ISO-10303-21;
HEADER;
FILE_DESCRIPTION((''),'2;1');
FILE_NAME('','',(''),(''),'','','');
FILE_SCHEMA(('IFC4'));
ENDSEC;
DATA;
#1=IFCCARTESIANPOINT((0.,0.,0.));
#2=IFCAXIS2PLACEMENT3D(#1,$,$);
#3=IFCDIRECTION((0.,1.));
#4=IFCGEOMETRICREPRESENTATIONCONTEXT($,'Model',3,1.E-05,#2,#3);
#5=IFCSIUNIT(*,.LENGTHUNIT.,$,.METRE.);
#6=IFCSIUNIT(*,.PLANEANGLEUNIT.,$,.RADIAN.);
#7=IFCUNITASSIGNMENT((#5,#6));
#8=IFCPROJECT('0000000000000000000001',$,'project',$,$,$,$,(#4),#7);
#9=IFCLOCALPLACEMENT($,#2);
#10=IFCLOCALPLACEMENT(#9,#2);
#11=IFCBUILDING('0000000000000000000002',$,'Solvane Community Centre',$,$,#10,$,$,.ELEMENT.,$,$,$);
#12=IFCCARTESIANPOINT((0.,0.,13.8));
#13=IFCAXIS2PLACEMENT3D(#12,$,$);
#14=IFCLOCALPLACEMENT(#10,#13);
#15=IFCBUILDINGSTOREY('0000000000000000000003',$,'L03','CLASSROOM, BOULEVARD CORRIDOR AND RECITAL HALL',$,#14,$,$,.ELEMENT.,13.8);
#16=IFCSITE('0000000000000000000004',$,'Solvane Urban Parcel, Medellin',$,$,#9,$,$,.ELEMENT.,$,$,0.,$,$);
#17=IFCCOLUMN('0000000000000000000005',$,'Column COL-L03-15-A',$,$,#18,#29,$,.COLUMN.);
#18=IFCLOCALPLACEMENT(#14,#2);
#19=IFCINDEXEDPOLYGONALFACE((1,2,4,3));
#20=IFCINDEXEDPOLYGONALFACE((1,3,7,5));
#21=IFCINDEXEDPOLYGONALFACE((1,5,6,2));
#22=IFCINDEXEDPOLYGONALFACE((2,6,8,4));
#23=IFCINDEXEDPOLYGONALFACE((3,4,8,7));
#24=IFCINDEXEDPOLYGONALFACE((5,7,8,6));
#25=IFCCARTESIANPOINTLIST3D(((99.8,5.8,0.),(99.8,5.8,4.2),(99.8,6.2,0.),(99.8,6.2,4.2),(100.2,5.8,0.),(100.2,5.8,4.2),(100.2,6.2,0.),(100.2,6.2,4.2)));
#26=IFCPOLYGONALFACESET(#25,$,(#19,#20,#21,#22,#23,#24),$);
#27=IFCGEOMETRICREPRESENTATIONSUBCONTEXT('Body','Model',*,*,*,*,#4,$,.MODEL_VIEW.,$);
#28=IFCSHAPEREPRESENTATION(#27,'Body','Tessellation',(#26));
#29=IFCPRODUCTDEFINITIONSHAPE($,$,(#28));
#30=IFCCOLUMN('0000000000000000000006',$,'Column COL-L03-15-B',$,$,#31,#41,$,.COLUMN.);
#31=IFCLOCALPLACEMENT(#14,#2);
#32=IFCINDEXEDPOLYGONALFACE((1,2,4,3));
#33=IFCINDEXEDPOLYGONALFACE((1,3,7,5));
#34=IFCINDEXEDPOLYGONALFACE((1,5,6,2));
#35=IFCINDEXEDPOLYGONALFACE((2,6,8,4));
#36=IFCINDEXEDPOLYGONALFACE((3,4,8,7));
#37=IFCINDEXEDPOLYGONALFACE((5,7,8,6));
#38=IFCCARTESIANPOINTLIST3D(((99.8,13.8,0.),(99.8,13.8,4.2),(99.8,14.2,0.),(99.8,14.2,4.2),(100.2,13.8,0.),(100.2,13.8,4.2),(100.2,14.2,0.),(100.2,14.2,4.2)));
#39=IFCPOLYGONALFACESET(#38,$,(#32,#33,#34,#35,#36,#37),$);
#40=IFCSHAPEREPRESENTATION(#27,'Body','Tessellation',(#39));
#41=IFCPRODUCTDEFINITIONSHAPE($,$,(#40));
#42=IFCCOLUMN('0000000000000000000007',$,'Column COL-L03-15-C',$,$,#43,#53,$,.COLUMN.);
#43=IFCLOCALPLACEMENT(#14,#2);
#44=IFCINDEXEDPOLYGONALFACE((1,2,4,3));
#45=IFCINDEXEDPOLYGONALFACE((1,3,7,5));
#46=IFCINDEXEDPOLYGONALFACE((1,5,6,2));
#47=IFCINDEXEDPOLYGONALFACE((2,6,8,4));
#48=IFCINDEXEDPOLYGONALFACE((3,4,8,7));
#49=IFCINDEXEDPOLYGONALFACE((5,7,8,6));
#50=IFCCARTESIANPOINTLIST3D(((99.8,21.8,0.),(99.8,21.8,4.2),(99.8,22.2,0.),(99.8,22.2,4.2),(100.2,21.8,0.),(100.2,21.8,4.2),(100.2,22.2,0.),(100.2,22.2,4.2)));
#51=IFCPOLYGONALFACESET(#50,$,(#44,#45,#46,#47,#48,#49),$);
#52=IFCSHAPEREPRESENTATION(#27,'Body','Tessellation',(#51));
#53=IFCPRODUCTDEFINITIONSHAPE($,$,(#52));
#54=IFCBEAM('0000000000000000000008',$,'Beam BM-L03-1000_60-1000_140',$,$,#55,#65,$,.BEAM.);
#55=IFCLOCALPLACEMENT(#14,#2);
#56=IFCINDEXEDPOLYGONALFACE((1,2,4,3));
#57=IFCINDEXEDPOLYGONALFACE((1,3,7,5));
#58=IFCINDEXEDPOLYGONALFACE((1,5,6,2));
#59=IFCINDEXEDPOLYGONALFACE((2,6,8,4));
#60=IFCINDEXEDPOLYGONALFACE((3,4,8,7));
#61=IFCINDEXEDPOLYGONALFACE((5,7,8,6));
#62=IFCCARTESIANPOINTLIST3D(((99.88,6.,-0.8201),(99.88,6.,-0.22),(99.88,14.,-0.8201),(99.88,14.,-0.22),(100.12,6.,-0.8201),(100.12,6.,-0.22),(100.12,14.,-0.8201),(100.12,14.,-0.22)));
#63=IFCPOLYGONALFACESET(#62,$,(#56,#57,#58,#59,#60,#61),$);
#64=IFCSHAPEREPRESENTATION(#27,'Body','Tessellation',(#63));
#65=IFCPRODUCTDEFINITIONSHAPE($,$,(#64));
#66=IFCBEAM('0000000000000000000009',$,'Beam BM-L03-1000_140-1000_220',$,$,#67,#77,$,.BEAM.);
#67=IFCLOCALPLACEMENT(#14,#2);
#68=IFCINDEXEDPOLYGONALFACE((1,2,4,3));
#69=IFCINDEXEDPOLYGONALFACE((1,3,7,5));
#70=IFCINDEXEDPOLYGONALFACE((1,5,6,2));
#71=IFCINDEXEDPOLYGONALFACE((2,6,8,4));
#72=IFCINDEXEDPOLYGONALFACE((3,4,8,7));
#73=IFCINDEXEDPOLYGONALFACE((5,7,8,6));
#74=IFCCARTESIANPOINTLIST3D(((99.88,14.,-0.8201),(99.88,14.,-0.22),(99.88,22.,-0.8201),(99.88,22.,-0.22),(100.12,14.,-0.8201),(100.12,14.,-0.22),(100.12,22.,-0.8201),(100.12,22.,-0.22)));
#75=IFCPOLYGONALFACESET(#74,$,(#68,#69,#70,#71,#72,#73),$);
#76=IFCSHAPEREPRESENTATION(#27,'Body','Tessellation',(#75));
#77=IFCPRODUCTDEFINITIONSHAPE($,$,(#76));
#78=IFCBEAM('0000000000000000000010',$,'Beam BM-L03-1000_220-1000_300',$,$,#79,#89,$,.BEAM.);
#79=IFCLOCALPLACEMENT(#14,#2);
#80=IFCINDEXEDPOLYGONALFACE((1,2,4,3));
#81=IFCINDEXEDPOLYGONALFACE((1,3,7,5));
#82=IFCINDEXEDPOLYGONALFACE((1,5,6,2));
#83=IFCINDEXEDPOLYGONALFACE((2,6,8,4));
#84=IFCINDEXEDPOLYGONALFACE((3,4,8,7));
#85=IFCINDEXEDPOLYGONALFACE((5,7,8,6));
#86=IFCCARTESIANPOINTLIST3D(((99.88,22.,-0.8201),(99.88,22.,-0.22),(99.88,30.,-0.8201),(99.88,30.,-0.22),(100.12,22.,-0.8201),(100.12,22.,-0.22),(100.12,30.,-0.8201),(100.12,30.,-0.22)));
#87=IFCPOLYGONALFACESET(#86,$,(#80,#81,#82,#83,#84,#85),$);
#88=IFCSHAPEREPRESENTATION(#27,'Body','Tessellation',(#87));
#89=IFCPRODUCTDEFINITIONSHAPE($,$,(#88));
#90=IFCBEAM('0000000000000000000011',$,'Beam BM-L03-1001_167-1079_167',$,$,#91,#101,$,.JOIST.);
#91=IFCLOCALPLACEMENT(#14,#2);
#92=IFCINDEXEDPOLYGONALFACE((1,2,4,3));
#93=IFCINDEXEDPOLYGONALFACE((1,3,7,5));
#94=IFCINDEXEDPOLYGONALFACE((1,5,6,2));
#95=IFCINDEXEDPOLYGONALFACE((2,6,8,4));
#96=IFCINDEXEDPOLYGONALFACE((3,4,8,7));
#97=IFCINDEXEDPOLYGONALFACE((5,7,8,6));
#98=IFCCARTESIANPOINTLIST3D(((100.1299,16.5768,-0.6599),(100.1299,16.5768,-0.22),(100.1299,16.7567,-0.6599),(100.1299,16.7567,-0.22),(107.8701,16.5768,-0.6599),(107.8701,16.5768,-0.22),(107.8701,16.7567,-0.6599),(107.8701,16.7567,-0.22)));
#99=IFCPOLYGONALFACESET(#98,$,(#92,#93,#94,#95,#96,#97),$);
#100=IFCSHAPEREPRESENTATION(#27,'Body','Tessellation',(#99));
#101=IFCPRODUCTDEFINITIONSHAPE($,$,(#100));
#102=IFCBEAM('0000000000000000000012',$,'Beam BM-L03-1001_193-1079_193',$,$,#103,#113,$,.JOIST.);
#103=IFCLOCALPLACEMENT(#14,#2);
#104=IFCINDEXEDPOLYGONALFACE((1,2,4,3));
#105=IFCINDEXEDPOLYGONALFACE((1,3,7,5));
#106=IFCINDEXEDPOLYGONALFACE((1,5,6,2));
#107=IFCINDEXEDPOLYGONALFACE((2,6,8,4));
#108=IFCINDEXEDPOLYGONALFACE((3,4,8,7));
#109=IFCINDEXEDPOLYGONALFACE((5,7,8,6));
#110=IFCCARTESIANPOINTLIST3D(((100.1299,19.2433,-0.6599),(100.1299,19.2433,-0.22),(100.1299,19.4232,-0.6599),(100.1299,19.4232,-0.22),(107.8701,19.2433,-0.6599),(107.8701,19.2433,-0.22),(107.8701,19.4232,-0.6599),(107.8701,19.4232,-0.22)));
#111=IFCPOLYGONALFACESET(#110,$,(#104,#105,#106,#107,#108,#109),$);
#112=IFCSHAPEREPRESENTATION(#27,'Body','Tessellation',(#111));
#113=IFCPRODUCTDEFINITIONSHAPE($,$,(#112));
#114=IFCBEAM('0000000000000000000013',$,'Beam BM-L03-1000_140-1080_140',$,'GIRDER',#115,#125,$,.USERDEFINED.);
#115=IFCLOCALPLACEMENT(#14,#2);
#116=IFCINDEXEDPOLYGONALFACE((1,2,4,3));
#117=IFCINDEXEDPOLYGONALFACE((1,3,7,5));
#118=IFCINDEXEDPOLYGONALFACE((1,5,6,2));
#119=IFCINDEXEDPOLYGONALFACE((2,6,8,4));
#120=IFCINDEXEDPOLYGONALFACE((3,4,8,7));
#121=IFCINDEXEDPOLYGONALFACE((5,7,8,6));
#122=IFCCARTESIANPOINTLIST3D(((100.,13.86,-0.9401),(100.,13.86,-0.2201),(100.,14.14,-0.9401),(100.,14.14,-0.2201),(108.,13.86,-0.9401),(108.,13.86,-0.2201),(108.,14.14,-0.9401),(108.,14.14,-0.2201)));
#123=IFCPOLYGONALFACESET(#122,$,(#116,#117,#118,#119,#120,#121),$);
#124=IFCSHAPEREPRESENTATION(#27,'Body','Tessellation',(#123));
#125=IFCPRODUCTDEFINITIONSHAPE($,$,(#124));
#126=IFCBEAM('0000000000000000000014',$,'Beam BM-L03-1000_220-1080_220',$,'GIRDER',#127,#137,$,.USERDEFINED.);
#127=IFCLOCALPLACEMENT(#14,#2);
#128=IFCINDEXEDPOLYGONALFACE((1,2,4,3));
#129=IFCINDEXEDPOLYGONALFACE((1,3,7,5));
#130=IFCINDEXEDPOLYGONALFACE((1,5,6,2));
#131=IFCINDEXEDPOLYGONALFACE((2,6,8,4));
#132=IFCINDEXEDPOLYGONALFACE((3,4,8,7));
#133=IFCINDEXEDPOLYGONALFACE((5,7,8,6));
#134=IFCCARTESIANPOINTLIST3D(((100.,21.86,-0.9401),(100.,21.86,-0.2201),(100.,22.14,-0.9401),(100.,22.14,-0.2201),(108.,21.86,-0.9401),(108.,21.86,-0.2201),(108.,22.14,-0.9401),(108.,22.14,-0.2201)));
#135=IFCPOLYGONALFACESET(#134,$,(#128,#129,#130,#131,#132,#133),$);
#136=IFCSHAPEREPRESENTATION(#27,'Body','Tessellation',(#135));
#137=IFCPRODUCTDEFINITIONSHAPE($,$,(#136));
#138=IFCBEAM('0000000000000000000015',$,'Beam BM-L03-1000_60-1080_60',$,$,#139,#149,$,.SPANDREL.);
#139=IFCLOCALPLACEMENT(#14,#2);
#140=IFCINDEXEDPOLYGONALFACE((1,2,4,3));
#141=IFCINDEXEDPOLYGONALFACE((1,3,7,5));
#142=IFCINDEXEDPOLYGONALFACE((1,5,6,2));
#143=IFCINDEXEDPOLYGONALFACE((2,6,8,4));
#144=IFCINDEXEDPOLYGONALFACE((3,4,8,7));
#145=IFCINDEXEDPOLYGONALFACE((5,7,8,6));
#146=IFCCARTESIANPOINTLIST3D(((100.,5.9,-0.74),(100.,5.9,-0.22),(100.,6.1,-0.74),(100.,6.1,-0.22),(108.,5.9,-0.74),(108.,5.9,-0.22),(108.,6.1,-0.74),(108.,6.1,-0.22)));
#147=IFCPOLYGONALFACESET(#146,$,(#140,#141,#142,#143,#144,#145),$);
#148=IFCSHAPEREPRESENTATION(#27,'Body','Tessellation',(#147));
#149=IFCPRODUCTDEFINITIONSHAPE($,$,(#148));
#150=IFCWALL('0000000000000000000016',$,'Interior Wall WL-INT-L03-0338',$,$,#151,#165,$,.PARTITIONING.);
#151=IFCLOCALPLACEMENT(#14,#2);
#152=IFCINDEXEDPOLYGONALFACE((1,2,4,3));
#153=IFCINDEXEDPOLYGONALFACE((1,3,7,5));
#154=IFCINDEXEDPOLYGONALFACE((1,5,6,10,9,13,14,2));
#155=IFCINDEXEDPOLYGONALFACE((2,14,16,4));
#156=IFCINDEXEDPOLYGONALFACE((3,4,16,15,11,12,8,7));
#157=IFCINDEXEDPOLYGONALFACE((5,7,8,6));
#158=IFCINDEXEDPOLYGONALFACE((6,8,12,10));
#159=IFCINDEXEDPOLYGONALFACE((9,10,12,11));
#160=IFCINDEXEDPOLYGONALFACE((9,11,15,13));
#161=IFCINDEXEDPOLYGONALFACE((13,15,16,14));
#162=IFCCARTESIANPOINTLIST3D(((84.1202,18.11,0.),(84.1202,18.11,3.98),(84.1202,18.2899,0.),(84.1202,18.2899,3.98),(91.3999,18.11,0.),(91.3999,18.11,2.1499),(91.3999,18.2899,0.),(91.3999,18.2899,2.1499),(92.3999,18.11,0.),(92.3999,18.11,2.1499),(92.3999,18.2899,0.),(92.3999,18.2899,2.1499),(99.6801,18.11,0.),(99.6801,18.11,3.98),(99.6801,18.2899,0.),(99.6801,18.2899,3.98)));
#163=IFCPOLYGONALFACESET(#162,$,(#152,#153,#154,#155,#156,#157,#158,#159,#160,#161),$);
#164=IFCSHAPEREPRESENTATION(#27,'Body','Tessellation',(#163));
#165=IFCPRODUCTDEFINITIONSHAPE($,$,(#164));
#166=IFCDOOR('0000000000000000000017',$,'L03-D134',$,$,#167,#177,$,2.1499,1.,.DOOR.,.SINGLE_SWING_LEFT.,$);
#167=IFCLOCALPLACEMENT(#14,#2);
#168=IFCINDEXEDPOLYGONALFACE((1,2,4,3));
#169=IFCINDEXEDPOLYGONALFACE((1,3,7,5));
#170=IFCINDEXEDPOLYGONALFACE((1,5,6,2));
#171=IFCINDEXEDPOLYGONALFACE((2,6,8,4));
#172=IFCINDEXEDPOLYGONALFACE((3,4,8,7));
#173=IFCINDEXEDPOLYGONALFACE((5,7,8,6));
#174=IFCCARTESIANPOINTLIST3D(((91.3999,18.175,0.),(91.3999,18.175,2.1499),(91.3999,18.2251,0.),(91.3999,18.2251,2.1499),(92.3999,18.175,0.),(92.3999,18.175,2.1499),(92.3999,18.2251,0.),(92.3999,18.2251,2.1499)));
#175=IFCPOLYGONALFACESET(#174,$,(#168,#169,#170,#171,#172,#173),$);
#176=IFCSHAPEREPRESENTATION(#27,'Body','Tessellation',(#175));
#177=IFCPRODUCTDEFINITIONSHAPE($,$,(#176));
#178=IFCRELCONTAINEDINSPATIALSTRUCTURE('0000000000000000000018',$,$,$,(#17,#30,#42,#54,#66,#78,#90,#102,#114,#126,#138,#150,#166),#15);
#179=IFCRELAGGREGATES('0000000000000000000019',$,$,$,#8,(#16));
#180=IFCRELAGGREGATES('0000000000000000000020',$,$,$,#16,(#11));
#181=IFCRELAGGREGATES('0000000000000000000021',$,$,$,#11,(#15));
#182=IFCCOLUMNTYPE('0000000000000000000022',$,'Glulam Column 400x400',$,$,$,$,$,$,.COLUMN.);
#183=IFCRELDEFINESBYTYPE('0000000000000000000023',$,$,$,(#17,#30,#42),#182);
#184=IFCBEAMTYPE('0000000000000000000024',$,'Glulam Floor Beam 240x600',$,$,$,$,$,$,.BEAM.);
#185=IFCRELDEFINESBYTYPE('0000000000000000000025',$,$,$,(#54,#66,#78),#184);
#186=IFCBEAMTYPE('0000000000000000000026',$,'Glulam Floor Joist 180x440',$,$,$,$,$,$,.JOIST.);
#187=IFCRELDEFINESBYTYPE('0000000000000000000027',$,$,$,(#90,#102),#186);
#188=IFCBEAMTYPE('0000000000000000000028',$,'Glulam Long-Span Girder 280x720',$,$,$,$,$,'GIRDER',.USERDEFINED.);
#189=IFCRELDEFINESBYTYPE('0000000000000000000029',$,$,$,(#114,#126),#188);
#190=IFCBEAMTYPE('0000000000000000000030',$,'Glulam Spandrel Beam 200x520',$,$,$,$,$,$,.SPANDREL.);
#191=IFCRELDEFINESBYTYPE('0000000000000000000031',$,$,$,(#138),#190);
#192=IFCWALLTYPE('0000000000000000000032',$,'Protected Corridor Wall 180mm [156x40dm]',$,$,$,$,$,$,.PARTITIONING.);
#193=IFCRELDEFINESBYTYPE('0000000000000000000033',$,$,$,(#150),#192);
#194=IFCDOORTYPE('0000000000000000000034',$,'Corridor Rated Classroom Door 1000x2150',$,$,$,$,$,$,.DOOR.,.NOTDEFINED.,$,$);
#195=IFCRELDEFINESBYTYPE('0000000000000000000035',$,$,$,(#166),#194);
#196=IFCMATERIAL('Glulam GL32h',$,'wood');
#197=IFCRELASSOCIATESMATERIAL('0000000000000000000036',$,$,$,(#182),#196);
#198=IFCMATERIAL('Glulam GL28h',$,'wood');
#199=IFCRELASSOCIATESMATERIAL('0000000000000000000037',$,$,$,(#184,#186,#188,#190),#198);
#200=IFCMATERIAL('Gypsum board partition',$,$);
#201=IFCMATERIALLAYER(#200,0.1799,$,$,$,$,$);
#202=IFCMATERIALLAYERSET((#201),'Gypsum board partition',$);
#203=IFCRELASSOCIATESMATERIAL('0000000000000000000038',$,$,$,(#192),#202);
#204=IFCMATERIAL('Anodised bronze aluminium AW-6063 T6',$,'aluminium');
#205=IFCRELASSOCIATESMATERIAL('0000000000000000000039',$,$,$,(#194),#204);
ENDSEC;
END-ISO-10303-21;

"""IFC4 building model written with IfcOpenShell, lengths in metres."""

from ifc_helpers import new_model, si_unit, direction, frame, frame_2d, origin, origin_2d, place, context, subcontext, project, spatial, rectangle, extrude, material, layer, layer_set, material_profile, profile_set, type_object, element, fill, save


model = new_model("IFC4")

# Units and contexts
model_context = context("Model", 3, precision=1e-05, world=origin(), true_north=direction((0.0, 1.0)))
body_context = subcontext(model_context, "Body", "Model", "MODEL_VIEW")
ifc_project = project(units=[si_unit("LENGTHUNIT", "METRE"), si_unit("PLANEANGLEUNIT", "RADIAN")], contexts=[model_context])

# Site, building, storey
site_placement = place(None, origin())
site = spatial("IfcSite", under=ifc_project, at=site_placement, Name="Solvane Urban Parcel, Medellin", CompositionType="ELEMENT", RefElevation=0.0)
building_placement = place(site_placement, origin())
building = spatial("IfcBuilding", under=site, at=building_placement, Name="Solvane Community Centre", CompositionType="ELEMENT")
storey_placement = place(building_placement, frame((0.0, 0.0, 13.8)))
storey = spatial("IfcBuildingStorey", under=building, at=storey_placement, Name="L03", Description="CLASSROOM, BOULEVARD CORRIDOR AND RECITAL HALL", CompositionType="ELEMENT", Elevation=13.8)

# Columns
ifc_material_1 = material(Name="Glulam GL32h", Category="wood")
ifc_material_profile_1 = material_profile(ifc_material_1, rectangle(XDim=0.3999, YDim=0.3999, at=origin_2d()), Name="GL32h 400x400")
ifc_profile_set_1 = profile_set([ifc_material_profile_1], Name="Glulam GL32h")
column_type = type_object("IfcColumnType", Name="Glulam Column 400x400", PredefinedType="COLUMN", material=ifc_profile_set_1)
for number, where, z_axis, x_axis, name in (
    (1, (100.0, 6.0, 0.0), (0.0, 0.0, 1.0), (1.0, 0.0, 0.0), "Column COL-L03-15-A"),
    (2, (100.0, 14.0, 0.0), (0.0, 0.0, 1.0), (1.0, 0.0, 0.0), "Column COL-L03-15-B"),
    (3, (100.0, 22.0, 0.0), (0.0, 0.0, 1.0), (1.0, 0.0, 0.0), "Column COL-L03-15-C"),
):
    element("IfcColumn", number, at=place(storey_placement, frame(where, z_axis=z_axis, x_axis=x_axis)), inside=storey, type_object=column_type, Name=name, PredefinedType="COLUMN", context=body_context, shape_type="SweptSolid", body=[
        extrude(rectangle(XDim=0.3999, YDim=0.3999, at=origin_2d()), origin(), (0.0, 0.0, 1.0), 4.2),
    ])

# Beams
ifc_material_2 = material(Name="Glulam GL28h", Category="wood")
ifc_material_profile_2 = material_profile(ifc_material_2, rectangle(XDim=0.24, YDim=0.6001, at=origin_2d()), Name="GL28h 240x600")
ifc_profile_set_2 = profile_set([ifc_material_profile_2], Name="Glulam GL28h")
beam_type_1 = type_object("IfcBeamType", Name="Glulam Floor Beam 240x600", PredefinedType="BEAM", material=ifc_profile_set_2)
for number, where, z_axis, x_axis, name in (
    (4, (100.0, 6.0, -0.52), (0.0, 1.0, 0.0), (-1.0, 0.0, 0.0), "Beam BM-L03-1000_60-1000_140"),
    (5, (100.0, 14.0, -0.52), (0.0, 1.0, 0.0), (-1.0, 0.0, 0.0), "Beam BM-L03-1000_140-1000_220"),
    (6, (100.0, 22.0, -0.52), (0.0, 1.0, 0.0), (-1.0, 0.0, 0.0), "Beam BM-L03-1000_220-1000_300"),
):
    element("IfcBeam", number, at=place(storey_placement, frame(where, z_axis=z_axis, x_axis=x_axis)), inside=storey, type_object=beam_type_1, Name=name, PredefinedType="BEAM", context=body_context, shape_type="SweptSolid", body=[
        extrude(rectangle(XDim=0.24, YDim=0.6001, at=origin_2d()), origin(), (0.0, 0.0, 1.0), 8.0),
    ])
ifc_material_profile_3 = material_profile(ifc_material_2, rectangle(XDim=0.1799, YDim=0.4399, at=origin_2d()), Name="GL28h 180x440")
ifc_profile_set_3 = profile_set([ifc_material_profile_3], Name="Glulam GL28h")
beam_type_2 = type_object("IfcBeamType", Name="Glulam Floor Joist 180x440", PredefinedType="JOIST", material=ifc_profile_set_3)
for number, where, z_axis, x_axis, name in (
    (7, (100.1299, 16.6667, -0.4399), (1.0, 0.0, 0.0), (0.0, 1.0, 0.0), "Beam BM-L03-1001_167-1079_167"),
    (8, (100.1299, 19.3333, -0.4399), (1.0, 0.0, 0.0), (0.0, 1.0, 0.0), "Beam BM-L03-1001_193-1079_193"),
):
    element("IfcBeam", number, at=place(storey_placement, frame(where, z_axis=z_axis, x_axis=x_axis)), inside=storey, type_object=beam_type_2, Name=name, PredefinedType="JOIST", context=body_context, shape_type="SweptSolid", body=[
        extrude(rectangle(XDim=0.1799, YDim=0.4399, at=origin_2d()), origin(), (0.0, 0.0, 1.0), 7.7402),
    ])
ifc_material_profile_4 = material_profile(ifc_material_2, rectangle(XDim=0.28, YDim=0.72, at=origin_2d()), Name="GL28h 280x720")
ifc_profile_set_4 = profile_set([ifc_material_profile_4], Name="Glulam GL28h")
beam_type_3 = type_object("IfcBeamType", Name="Glulam Long-Span Girder 280x720", ElementType="GIRDER", PredefinedType="USERDEFINED", material=ifc_profile_set_4)
for number, where, z_axis, x_axis, name in (
    (9, (100.0, 14.0, -0.5801), (1.0, 0.0, 0.0), (0.0, 1.0, 0.0), "Beam BM-L03-1000_140-1080_140"),
    (10, (100.0, 22.0, -0.5801), (1.0, 0.0, 0.0), (0.0, 1.0, 0.0), "Beam BM-L03-1000_220-1080_220"),
):
    element("IfcBeam", number, at=place(storey_placement, frame(where, z_axis=z_axis, x_axis=x_axis)), inside=storey, type_object=beam_type_3, Name=name, ObjectType="GIRDER", PredefinedType="USERDEFINED", context=body_context, shape_type="SweptSolid", body=[
        extrude(rectangle(XDim=0.28, YDim=0.72, at=origin_2d()), origin(), (0.0, 0.0, 1.0), 8.0),
    ])
ifc_material_profile_5 = material_profile(ifc_material_2, rectangle(XDim=0.2, YDim=0.52, at=origin_2d()), Name="GL28h 200x520")
ifc_profile_set_5 = profile_set([ifc_material_profile_5], Name="Glulam GL28h")
beam_type_4 = type_object("IfcBeamType", Name="Glulam Spandrel Beam 200x520", PredefinedType="SPANDREL", material=ifc_profile_set_5)
beam_placement = place(storey_placement, frame((100.0, 6.0, -0.48), z_axis=(1.0, 0.0, 0.0), x_axis=(0.0, 1.0, 0.0)))
element("IfcBeam", 11, at=beam_placement, inside=storey, type_object=beam_type_4, Name="Beam BM-L03-1000_60-1080_60", PredefinedType="SPANDREL", context=body_context, shape_type="SweptSolid", body=[
    extrude(rectangle(XDim=0.2, YDim=0.52, at=origin_2d()), origin(), (0.0, 0.0, 1.0), 8.0),
])

# Wall, opening, door
ifc_material_3 = material(Name="Gypsum board partition")
ifc_layer_1 = layer(ifc_material_3, 0.1799)
ifc_layer_set_1 = layer_set([ifc_layer_1], Name="Gypsum board partition")
wall_type_1 = type_object("IfcWallType", Name="Protected Corridor Wall 180mm [156x40dm]", PredefinedType="PARTITIONING", material=ifc_layer_set_1)
wall_1_placement = place(storey_placement, frame((99.6799, 18.2, 0.0), z_axis=(0.0, 0.0, 1.0), x_axis=(-1.0, 0.0, 0.0)))
wall_1 = element("IfcWall", 12, at=wall_1_placement, inside=storey, type_object=wall_type_1, Name="Interior Wall WL-INT-L03-0338", PredefinedType="PARTITIONING", context=body_context, shape_type="SweptSolid", body=[
    extrude(rectangle(XDim=15.5598, YDim=0.1799, at=frame_2d((7.7798, 0.0))), origin(), (0.0, 0.0, 1.0), 3.98),
])
opening_1_placement = place(wall_1_placement, frame((7.28, 0.0, 0.0)))
opening_1 = element("IfcOpeningElement", 13, at=opening_1_placement, cuts=wall_1, PredefinedType="OPENING", context=body_context, shape_type="SweptSolid", body=[
    extrude(rectangle(XDim=1.0, YDim=2.1499, at=frame_2d((0.5, 1.075))), frame((0.0, 0.0999, 0.0), z_axis=(0.0, -1.0, 0.0), x_axis=(1.0, 0.0, 0.0)), (0.0, 0.0, 1.0), 0.2),
])
ifc_material_4 = material(Name="Anodised bronze aluminium AW-6063 T6", Category="aluminium")
door_type_1 = type_object("IfcDoorType", Name="Corridor Rated Classroom Door 1000x2150", OperationType="NOTDEFINED", PredefinedType="DOOR", material=ifc_material_4)
door_1_placement = place(opening_1_placement, origin())
door_1 = element("IfcDoor", 14, at=door_1_placement, inside=storey, type_object=door_type_1, Name="L03-D134", OperationType="SINGLE_SWING_LEFT", OverallHeight=2.1499, OverallWidth=1.0, PredefinedType="DOOR", context=body_context, shape_type="SweptSolid", body=[
    extrude(rectangle(XDim=1.0, YDim=2.1499, at=frame_2d((0.5, 1.075))), frame((0.0, 0.0249, 0.0), z_axis=(0.0, -1.0, 0.0), x_axis=(1.0, 0.0, 0.0)), (0.0, 0.0, 1.0), 0.05),
])
fill(opening_1, door_1)

save(model, "model.ifc")
